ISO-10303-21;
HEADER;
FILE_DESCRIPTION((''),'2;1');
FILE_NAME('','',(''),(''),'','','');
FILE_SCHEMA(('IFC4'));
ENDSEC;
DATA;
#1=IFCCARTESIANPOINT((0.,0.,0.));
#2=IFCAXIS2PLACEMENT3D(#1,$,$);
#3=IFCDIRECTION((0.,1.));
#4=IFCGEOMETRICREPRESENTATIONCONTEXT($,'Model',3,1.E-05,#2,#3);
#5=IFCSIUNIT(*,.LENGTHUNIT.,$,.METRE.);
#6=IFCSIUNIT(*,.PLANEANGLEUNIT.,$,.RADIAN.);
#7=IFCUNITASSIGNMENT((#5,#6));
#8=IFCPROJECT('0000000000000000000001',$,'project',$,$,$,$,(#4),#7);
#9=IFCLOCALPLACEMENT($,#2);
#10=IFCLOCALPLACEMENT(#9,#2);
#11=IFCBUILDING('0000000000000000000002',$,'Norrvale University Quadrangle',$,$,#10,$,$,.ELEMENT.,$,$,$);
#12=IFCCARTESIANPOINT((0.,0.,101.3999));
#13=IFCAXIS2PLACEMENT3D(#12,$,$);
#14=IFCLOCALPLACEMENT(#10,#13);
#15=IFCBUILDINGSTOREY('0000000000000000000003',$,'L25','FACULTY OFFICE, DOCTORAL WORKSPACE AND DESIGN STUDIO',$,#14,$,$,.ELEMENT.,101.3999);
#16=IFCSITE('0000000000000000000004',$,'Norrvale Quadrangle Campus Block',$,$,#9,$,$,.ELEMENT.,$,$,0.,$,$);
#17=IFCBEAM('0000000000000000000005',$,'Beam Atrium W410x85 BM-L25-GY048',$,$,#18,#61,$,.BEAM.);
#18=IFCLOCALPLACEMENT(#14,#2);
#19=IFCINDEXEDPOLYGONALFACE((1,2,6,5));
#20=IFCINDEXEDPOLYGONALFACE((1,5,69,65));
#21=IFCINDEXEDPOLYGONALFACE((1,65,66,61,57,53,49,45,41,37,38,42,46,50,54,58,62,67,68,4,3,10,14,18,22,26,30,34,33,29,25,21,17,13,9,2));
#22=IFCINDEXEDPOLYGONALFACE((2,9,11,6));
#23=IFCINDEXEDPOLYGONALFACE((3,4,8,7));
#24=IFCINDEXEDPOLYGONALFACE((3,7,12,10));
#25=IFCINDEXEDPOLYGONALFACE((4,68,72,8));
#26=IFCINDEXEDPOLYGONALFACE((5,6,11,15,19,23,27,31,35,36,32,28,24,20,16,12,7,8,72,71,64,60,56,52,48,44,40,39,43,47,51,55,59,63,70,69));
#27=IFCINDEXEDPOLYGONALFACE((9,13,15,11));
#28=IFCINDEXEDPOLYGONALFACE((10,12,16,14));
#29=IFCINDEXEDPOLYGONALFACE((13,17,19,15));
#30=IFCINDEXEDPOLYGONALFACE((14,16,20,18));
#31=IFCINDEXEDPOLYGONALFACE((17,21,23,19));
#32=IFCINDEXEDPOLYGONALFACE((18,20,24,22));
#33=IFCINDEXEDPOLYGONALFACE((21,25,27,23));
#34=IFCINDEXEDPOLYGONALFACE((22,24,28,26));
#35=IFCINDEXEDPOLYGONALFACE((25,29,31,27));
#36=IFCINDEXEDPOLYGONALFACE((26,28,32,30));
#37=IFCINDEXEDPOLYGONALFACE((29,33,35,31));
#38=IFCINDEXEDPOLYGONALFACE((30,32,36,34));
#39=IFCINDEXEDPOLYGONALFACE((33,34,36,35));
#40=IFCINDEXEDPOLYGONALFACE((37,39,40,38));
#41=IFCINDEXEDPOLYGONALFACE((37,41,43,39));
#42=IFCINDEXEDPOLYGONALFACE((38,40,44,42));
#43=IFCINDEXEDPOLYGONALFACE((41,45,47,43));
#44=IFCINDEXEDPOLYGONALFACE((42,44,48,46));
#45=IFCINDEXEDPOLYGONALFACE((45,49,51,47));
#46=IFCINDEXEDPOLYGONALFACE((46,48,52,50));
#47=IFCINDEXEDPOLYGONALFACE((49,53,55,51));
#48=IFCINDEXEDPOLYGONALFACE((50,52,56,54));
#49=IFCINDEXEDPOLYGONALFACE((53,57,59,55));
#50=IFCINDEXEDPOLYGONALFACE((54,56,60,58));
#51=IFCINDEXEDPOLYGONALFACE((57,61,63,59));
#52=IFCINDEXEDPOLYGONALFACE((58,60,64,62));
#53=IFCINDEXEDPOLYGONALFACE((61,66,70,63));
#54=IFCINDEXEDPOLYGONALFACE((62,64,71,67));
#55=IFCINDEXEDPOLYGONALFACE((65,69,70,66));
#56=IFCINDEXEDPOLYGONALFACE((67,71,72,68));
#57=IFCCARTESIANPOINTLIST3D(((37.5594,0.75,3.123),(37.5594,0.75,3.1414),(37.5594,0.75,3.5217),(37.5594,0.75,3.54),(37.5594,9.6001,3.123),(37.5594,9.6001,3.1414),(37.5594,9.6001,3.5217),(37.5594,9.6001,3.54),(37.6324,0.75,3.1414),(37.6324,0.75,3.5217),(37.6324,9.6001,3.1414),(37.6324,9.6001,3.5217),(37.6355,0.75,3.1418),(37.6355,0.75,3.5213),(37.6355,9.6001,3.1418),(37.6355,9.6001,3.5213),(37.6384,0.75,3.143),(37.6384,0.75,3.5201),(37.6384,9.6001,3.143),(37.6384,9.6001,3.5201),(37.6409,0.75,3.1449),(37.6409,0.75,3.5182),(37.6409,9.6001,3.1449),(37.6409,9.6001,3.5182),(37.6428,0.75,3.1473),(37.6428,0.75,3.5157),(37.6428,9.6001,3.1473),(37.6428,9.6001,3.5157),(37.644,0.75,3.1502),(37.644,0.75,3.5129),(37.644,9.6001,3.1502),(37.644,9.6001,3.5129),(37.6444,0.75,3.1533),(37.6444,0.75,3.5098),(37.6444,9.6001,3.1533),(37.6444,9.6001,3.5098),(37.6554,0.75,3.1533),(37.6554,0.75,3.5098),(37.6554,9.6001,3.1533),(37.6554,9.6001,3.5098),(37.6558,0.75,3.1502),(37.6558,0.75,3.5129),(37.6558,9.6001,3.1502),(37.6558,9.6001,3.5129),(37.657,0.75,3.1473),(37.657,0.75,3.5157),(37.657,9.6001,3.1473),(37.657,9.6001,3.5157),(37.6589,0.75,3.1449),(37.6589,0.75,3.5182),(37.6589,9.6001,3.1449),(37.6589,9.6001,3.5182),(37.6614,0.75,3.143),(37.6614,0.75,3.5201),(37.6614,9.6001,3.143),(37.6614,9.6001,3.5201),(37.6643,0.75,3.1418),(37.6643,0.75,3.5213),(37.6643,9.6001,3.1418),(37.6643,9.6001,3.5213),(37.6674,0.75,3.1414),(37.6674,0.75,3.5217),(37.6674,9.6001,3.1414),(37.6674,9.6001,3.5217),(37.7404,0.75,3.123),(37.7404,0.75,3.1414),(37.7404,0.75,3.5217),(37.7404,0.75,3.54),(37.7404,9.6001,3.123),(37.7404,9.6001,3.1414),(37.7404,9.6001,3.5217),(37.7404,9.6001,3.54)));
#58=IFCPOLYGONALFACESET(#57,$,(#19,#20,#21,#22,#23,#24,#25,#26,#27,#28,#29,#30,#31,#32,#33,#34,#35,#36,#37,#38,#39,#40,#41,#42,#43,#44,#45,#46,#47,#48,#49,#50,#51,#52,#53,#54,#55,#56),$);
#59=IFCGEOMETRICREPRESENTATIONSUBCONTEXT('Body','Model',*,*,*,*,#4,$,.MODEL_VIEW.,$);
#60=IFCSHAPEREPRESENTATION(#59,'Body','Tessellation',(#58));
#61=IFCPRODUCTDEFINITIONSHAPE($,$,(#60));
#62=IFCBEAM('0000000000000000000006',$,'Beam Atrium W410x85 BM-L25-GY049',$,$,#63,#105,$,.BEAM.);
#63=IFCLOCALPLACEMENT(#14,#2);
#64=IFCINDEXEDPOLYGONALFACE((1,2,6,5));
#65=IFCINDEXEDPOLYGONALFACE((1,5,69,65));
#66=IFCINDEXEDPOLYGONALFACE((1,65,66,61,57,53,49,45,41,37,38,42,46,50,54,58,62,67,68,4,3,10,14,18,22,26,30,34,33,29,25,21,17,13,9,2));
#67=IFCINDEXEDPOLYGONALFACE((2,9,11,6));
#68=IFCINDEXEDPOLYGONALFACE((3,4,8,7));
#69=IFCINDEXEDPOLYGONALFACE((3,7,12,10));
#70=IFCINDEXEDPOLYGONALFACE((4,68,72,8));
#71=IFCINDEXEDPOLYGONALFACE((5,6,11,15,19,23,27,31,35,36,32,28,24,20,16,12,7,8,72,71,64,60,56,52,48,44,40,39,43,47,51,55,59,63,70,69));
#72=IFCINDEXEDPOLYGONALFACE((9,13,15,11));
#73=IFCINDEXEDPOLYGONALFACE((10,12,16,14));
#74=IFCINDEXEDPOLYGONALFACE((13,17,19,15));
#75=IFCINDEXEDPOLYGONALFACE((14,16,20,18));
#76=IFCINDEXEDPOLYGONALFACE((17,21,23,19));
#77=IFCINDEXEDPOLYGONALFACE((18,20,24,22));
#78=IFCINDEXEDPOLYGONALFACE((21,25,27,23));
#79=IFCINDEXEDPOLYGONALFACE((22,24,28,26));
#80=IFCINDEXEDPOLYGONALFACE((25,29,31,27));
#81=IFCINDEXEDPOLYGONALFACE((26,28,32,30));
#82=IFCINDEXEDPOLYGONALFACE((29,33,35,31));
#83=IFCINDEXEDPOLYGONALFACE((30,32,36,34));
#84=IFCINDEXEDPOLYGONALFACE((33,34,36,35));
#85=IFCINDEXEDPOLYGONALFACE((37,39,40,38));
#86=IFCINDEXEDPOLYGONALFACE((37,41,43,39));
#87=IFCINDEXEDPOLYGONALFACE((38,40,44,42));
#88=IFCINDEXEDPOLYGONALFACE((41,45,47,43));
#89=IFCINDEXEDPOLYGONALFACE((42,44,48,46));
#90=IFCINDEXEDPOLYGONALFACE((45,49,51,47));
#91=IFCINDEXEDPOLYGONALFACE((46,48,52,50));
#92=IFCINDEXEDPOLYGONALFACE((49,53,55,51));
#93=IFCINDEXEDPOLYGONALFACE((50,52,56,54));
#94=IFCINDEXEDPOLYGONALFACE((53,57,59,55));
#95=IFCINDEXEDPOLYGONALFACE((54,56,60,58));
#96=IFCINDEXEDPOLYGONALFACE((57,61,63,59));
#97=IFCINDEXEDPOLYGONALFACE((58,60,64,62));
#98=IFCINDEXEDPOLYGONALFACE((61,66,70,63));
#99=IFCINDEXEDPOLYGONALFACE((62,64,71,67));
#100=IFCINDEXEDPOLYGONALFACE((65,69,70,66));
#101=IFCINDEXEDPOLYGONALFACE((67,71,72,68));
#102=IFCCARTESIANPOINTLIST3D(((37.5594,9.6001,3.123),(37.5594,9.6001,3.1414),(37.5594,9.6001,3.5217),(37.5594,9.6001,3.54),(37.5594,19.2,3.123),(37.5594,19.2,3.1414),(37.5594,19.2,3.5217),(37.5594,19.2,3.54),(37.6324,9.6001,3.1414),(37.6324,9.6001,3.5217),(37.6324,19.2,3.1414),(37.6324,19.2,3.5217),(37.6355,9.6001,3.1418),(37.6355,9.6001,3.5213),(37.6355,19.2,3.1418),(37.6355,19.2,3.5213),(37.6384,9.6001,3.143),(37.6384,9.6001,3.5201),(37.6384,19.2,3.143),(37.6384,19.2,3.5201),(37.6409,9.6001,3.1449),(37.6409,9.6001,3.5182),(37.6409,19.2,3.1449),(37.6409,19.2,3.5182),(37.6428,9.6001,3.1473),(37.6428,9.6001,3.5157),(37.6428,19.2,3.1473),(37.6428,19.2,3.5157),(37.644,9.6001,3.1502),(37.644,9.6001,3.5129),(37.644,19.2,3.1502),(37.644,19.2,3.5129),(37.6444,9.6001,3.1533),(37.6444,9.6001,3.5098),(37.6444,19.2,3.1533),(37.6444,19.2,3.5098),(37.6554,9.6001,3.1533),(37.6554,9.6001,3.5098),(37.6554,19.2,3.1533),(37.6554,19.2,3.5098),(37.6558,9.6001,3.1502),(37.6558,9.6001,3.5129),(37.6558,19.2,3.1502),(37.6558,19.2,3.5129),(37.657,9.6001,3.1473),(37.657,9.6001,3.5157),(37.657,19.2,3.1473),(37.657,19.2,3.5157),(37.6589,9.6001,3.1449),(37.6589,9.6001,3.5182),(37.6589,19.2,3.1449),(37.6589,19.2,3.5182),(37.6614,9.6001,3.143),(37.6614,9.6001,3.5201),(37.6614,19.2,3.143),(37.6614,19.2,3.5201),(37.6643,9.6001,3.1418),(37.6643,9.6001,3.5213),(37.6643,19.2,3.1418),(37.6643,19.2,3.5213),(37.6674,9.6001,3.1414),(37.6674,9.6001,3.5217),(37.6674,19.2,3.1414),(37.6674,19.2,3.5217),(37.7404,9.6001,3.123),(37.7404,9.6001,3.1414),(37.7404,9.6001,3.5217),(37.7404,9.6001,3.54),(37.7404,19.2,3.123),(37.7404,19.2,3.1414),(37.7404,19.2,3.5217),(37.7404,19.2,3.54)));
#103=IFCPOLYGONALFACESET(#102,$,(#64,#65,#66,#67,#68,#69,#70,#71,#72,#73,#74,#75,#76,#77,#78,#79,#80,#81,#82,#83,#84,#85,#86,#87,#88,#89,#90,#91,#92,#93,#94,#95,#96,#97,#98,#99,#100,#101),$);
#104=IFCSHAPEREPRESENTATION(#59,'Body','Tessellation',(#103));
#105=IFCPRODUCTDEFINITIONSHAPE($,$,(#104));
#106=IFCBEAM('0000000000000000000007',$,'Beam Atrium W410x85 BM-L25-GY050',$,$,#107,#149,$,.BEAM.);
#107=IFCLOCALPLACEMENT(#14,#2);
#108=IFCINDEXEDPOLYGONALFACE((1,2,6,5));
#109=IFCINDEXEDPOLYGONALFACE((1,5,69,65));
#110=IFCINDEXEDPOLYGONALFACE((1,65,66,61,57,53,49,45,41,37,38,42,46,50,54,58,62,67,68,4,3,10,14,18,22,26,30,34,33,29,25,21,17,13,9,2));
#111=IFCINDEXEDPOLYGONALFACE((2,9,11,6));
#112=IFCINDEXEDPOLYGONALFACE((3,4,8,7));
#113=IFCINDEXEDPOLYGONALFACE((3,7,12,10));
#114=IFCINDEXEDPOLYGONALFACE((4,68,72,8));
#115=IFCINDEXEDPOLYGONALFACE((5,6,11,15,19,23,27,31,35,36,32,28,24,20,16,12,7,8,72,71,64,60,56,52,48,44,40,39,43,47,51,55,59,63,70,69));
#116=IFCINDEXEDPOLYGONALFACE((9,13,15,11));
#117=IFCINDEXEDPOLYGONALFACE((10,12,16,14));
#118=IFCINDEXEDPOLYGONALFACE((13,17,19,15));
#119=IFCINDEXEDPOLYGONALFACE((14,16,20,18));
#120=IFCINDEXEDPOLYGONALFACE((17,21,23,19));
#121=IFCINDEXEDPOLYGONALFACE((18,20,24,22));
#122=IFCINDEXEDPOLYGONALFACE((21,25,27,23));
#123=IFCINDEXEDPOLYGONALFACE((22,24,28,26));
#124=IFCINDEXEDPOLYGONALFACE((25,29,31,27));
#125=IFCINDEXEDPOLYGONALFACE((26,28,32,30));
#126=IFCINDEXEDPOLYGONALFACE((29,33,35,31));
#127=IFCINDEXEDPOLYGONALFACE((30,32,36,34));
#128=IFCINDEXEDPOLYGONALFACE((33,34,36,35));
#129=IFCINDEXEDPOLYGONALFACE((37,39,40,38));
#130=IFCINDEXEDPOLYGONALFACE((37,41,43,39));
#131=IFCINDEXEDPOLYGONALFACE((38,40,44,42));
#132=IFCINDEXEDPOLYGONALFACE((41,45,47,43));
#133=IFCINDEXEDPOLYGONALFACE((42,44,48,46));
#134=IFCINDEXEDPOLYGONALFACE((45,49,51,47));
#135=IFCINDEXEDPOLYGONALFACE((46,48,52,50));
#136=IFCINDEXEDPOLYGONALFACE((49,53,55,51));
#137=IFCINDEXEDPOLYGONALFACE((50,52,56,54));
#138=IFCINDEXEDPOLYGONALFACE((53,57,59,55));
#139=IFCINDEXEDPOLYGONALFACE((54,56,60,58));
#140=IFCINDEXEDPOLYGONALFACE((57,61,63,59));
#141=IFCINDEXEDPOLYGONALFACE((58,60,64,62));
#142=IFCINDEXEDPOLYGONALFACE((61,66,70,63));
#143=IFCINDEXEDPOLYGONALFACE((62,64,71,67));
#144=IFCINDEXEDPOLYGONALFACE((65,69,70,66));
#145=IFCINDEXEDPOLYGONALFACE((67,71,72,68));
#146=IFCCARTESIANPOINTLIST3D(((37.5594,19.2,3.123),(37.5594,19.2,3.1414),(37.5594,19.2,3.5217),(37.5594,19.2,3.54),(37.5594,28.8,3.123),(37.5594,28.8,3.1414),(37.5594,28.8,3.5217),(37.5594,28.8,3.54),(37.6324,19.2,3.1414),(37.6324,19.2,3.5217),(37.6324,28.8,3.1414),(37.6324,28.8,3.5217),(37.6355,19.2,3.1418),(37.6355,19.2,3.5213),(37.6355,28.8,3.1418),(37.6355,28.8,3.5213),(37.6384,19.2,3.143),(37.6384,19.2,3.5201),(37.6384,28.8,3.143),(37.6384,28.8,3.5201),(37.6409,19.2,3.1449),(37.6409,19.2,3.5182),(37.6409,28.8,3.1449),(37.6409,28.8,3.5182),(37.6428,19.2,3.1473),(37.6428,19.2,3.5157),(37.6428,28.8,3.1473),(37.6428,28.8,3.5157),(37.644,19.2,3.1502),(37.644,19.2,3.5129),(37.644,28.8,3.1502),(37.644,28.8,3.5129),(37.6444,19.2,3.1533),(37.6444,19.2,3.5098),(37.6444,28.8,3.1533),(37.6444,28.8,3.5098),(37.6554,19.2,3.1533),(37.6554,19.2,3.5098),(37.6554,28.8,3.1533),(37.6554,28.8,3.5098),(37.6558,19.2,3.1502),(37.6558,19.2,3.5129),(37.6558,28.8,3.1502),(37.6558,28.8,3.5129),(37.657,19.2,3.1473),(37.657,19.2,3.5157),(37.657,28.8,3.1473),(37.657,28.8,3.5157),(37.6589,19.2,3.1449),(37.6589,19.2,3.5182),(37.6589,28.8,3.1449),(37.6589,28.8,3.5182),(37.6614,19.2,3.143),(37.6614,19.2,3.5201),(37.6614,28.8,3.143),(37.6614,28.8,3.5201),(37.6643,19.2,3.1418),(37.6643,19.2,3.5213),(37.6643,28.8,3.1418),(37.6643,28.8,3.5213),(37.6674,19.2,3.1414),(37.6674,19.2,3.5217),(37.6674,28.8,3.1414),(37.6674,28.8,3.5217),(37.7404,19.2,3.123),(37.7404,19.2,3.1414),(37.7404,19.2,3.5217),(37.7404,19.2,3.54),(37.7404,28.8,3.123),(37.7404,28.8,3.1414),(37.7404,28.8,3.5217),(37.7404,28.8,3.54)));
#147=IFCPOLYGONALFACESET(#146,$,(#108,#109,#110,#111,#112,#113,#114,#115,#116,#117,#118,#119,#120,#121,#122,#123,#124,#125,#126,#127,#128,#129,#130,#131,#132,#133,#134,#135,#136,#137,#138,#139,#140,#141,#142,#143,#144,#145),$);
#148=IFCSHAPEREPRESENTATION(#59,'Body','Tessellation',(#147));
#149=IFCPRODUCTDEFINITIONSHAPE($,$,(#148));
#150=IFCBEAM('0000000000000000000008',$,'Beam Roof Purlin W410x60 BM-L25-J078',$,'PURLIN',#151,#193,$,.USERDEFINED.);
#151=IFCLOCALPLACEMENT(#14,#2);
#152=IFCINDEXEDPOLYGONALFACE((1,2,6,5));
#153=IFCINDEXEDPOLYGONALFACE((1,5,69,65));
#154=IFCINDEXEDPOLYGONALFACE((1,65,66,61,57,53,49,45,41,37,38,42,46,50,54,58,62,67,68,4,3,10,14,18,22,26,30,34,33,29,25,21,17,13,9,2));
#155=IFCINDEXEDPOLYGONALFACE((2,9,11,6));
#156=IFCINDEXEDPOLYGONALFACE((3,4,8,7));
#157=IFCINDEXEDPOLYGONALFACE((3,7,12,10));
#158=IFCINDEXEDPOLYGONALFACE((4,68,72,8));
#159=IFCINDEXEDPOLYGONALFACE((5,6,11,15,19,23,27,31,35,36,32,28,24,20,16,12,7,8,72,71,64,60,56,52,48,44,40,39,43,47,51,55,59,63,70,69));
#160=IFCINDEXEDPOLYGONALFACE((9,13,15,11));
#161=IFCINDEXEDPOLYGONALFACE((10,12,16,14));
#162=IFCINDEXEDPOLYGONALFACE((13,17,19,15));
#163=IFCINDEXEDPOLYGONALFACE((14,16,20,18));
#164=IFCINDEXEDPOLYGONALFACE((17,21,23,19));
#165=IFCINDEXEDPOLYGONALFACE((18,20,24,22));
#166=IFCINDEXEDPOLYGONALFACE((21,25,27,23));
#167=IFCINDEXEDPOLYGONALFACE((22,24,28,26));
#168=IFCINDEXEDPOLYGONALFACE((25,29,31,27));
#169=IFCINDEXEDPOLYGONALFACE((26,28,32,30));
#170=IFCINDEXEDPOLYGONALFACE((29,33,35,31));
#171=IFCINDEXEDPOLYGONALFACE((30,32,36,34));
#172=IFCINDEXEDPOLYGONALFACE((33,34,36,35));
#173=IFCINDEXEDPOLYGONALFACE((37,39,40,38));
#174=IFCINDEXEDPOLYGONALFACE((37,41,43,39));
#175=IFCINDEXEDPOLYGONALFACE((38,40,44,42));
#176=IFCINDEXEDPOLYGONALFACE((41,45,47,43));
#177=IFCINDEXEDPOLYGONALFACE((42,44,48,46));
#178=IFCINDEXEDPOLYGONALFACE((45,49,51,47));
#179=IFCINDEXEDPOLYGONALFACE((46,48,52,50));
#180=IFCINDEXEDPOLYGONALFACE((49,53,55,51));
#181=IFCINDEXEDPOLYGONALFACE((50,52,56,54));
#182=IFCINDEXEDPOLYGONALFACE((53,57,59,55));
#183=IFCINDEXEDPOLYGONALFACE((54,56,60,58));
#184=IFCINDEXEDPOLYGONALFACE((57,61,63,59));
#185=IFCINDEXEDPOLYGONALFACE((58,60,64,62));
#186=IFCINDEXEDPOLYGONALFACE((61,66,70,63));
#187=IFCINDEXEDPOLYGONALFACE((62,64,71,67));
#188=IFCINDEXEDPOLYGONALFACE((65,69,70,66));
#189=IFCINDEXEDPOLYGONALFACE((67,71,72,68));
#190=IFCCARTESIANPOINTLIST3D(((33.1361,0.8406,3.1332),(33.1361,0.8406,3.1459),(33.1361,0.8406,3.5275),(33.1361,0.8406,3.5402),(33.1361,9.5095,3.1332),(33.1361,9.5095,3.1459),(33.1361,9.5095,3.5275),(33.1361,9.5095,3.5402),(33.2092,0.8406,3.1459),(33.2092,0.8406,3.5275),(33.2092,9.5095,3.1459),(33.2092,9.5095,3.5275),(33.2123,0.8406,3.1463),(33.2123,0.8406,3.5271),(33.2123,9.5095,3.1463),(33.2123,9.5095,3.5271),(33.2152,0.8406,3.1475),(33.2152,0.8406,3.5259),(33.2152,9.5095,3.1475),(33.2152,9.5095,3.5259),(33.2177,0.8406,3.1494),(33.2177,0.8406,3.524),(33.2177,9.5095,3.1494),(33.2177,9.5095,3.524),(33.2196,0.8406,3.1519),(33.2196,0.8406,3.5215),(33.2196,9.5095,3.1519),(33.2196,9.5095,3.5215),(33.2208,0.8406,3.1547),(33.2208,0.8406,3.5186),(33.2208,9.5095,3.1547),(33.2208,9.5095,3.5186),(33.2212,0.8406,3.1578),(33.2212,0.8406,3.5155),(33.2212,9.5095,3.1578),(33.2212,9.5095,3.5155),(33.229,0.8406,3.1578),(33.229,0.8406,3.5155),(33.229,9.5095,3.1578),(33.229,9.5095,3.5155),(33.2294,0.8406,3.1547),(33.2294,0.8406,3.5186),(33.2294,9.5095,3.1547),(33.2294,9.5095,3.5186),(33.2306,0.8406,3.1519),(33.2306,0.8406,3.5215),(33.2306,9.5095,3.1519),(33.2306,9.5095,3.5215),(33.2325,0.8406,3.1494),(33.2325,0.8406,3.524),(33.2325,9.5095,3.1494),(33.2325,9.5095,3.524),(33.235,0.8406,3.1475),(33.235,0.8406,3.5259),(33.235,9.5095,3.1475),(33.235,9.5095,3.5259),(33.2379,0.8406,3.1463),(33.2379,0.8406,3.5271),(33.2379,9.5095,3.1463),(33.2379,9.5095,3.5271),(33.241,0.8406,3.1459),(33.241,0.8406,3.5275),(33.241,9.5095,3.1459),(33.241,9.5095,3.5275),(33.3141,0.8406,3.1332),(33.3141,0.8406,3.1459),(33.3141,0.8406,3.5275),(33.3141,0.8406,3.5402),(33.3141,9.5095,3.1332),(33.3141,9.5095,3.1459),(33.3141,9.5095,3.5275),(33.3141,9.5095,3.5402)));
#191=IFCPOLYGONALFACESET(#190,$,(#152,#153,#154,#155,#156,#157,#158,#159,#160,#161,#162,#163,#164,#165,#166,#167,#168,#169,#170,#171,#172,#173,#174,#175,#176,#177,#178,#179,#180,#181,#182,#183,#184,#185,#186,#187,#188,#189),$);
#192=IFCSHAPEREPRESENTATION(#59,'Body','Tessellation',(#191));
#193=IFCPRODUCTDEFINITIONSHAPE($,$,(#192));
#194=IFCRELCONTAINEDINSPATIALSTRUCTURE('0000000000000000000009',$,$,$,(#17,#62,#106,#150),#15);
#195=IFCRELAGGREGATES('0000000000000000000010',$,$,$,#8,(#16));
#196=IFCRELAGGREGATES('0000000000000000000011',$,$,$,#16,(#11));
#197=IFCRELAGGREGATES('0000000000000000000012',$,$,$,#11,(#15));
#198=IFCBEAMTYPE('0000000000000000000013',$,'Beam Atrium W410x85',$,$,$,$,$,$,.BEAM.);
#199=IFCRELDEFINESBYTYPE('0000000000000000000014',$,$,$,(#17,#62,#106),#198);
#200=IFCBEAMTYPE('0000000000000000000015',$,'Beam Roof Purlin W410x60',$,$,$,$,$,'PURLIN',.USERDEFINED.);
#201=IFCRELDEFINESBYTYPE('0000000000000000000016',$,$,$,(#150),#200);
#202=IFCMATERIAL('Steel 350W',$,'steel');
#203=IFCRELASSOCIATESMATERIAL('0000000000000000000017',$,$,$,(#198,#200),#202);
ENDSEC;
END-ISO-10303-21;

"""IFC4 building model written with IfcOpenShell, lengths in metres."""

from ifc_helpers import new_model, si_unit, direction, frame, origin, origin_2d, place, context, subcontext, project, spatial, i_section, extrude, material, material_profile, profile_set, type_object, element, save


model = new_model("IFC4")

# Units and contexts
model_context = context("Model", 3, precision=1e-05, world=origin(), true_north=direction((0.0, 1.0)))
body_context = subcontext(model_context, "Body", "Model", "MODEL_VIEW")
ifc_project = project(units=[si_unit("LENGTHUNIT", "METRE"), si_unit("PLANEANGLEUNIT", "RADIAN")], contexts=[model_context])

# Site, building, storey
site_placement = place(None, origin())
site = spatial("IfcSite", under=ifc_project, at=site_placement, Name="Norrvale Quadrangle Campus Block", CompositionType="ELEMENT", RefElevation=0.0)
building_placement = place(site_placement, origin())
building = spatial("IfcBuilding", under=site, at=building_placement, Name="Norrvale University Quadrangle", CompositionType="ELEMENT")
storey_placement = place(building_placement, frame((0.0, 0.0, 101.3999)))
storey = spatial("IfcBuildingStorey", under=building, at=storey_placement, Name="L25", Description="FACULTY OFFICE, DOCTORAL WORKSPACE AND DESIGN STUDIO", CompositionType="ELEMENT", Elevation=101.3999)

# Beams
ifc_material_1 = material(Name="Steel 350W", Category="steel")
ifc_material_profile_1 = material_profile(ifc_material_1, i_section(OverallWidth=0.1809, OverallDepth=0.417, WebThickness=0.011, FlangeThickness=0.0183, FilletRadius=0.012, at=origin_2d()), Name="Steel 350W")
ifc_profile_set_1 = profile_set([ifc_material_profile_1], Name="Steel 350W")
beam_type_1 = type_object("IfcBeamType", Name="Beam Atrium W410x85", PredefinedType="BEAM", material=ifc_profile_set_1)
beam_1_placement = place(storey_placement, frame((37.6499, 0.75, 3.3315), z_axis=(0.0, 1.0, 0.0), x_axis=(-1.0, 0.0, 0.0)))
element("IfcBeam", 1, at=beam_1_placement, inside=storey, type_object=beam_type_1, Name="Beam Atrium W410x85 BM-L25-GY048", PredefinedType="BEAM", context=body_context, shape_type="SweptSolid", body=[
    extrude(i_section(OverallWidth=0.1809, OverallDepth=0.417, WebThickness=0.011, FlangeThickness=0.0183, FilletRadius=0.012, at=origin_2d()), origin(), (0.0, 0.0, 1.0), 8.8501),
])
beam_2_placement = place(storey_placement, frame((37.6499, 9.6001, 3.3315), z_axis=(0.0, 1.0, 0.0), x_axis=(-1.0, 0.0, 0.0)))
element("IfcBeam", 2, at=beam_2_placement, inside=storey, type_object=beam_type_1, Name="Beam Atrium W410x85 BM-L25-GY049", PredefinedType="BEAM", context=body_context, shape_type="SweptSolid", body=[
    extrude(i_section(OverallWidth=0.1809, OverallDepth=0.417, WebThickness=0.011, FlangeThickness=0.0183, FilletRadius=0.012, at=origin_2d()), origin(), (0.0, 0.0, 1.0), 9.5999),
])
beam_3_placement = place(storey_placement, frame((37.6499, 19.2, 3.3315), z_axis=(0.0, 1.0, 0.0), x_axis=(-1.0, 0.0, 0.0)))
element("IfcBeam", 3, at=beam_3_placement, inside=storey, type_object=beam_type_1, Name="Beam Atrium W410x85 BM-L25-GY050", PredefinedType="BEAM", context=body_context, shape_type="SweptSolid", body=[
    extrude(i_section(OverallWidth=0.1809, OverallDepth=0.417, WebThickness=0.011, FlangeThickness=0.0183, FilletRadius=0.012, at=origin_2d()), origin(), (0.0, 0.0, 1.0), 9.6001),
])
ifc_material_profile_2 = material_profile(ifc_material_1, i_section(OverallWidth=0.178, OverallDepth=0.407, WebThickness=0.0078, FlangeThickness=0.0127, FilletRadius=0.012, at=origin_2d()), Name="Steel 350W")
ifc_profile_set_2 = profile_set([ifc_material_profile_2], Name="Steel 350W")
beam_type_2 = type_object("IfcBeamType", Name="Beam Roof Purlin W410x60", ElementType="PURLIN", PredefinedType="USERDEFINED", material=ifc_profile_set_2)
beam_4_placement = place(storey_placement, frame((33.2251, 0.8406, 3.3367), z_axis=(0.0, 1.0, 0.0), x_axis=(-1.0, 0.0, 0.0)))
element("IfcBeam", 4, at=beam_4_placement, inside=storey, type_object=beam_type_2, Name="Beam Roof Purlin W410x60 BM-L25-J078", ObjectType="PURLIN", PredefinedType="USERDEFINED", context=body_context, shape_type="SweptSolid", body=[
    extrude(i_section(OverallWidth=0.178, OverallDepth=0.407, WebThickness=0.0078, FlangeThickness=0.0127, FilletRadius=0.012, at=origin_2d()), origin(), (0.0, 0.0, 1.0), 8.6689),
])

save(model, "model.ifc")
